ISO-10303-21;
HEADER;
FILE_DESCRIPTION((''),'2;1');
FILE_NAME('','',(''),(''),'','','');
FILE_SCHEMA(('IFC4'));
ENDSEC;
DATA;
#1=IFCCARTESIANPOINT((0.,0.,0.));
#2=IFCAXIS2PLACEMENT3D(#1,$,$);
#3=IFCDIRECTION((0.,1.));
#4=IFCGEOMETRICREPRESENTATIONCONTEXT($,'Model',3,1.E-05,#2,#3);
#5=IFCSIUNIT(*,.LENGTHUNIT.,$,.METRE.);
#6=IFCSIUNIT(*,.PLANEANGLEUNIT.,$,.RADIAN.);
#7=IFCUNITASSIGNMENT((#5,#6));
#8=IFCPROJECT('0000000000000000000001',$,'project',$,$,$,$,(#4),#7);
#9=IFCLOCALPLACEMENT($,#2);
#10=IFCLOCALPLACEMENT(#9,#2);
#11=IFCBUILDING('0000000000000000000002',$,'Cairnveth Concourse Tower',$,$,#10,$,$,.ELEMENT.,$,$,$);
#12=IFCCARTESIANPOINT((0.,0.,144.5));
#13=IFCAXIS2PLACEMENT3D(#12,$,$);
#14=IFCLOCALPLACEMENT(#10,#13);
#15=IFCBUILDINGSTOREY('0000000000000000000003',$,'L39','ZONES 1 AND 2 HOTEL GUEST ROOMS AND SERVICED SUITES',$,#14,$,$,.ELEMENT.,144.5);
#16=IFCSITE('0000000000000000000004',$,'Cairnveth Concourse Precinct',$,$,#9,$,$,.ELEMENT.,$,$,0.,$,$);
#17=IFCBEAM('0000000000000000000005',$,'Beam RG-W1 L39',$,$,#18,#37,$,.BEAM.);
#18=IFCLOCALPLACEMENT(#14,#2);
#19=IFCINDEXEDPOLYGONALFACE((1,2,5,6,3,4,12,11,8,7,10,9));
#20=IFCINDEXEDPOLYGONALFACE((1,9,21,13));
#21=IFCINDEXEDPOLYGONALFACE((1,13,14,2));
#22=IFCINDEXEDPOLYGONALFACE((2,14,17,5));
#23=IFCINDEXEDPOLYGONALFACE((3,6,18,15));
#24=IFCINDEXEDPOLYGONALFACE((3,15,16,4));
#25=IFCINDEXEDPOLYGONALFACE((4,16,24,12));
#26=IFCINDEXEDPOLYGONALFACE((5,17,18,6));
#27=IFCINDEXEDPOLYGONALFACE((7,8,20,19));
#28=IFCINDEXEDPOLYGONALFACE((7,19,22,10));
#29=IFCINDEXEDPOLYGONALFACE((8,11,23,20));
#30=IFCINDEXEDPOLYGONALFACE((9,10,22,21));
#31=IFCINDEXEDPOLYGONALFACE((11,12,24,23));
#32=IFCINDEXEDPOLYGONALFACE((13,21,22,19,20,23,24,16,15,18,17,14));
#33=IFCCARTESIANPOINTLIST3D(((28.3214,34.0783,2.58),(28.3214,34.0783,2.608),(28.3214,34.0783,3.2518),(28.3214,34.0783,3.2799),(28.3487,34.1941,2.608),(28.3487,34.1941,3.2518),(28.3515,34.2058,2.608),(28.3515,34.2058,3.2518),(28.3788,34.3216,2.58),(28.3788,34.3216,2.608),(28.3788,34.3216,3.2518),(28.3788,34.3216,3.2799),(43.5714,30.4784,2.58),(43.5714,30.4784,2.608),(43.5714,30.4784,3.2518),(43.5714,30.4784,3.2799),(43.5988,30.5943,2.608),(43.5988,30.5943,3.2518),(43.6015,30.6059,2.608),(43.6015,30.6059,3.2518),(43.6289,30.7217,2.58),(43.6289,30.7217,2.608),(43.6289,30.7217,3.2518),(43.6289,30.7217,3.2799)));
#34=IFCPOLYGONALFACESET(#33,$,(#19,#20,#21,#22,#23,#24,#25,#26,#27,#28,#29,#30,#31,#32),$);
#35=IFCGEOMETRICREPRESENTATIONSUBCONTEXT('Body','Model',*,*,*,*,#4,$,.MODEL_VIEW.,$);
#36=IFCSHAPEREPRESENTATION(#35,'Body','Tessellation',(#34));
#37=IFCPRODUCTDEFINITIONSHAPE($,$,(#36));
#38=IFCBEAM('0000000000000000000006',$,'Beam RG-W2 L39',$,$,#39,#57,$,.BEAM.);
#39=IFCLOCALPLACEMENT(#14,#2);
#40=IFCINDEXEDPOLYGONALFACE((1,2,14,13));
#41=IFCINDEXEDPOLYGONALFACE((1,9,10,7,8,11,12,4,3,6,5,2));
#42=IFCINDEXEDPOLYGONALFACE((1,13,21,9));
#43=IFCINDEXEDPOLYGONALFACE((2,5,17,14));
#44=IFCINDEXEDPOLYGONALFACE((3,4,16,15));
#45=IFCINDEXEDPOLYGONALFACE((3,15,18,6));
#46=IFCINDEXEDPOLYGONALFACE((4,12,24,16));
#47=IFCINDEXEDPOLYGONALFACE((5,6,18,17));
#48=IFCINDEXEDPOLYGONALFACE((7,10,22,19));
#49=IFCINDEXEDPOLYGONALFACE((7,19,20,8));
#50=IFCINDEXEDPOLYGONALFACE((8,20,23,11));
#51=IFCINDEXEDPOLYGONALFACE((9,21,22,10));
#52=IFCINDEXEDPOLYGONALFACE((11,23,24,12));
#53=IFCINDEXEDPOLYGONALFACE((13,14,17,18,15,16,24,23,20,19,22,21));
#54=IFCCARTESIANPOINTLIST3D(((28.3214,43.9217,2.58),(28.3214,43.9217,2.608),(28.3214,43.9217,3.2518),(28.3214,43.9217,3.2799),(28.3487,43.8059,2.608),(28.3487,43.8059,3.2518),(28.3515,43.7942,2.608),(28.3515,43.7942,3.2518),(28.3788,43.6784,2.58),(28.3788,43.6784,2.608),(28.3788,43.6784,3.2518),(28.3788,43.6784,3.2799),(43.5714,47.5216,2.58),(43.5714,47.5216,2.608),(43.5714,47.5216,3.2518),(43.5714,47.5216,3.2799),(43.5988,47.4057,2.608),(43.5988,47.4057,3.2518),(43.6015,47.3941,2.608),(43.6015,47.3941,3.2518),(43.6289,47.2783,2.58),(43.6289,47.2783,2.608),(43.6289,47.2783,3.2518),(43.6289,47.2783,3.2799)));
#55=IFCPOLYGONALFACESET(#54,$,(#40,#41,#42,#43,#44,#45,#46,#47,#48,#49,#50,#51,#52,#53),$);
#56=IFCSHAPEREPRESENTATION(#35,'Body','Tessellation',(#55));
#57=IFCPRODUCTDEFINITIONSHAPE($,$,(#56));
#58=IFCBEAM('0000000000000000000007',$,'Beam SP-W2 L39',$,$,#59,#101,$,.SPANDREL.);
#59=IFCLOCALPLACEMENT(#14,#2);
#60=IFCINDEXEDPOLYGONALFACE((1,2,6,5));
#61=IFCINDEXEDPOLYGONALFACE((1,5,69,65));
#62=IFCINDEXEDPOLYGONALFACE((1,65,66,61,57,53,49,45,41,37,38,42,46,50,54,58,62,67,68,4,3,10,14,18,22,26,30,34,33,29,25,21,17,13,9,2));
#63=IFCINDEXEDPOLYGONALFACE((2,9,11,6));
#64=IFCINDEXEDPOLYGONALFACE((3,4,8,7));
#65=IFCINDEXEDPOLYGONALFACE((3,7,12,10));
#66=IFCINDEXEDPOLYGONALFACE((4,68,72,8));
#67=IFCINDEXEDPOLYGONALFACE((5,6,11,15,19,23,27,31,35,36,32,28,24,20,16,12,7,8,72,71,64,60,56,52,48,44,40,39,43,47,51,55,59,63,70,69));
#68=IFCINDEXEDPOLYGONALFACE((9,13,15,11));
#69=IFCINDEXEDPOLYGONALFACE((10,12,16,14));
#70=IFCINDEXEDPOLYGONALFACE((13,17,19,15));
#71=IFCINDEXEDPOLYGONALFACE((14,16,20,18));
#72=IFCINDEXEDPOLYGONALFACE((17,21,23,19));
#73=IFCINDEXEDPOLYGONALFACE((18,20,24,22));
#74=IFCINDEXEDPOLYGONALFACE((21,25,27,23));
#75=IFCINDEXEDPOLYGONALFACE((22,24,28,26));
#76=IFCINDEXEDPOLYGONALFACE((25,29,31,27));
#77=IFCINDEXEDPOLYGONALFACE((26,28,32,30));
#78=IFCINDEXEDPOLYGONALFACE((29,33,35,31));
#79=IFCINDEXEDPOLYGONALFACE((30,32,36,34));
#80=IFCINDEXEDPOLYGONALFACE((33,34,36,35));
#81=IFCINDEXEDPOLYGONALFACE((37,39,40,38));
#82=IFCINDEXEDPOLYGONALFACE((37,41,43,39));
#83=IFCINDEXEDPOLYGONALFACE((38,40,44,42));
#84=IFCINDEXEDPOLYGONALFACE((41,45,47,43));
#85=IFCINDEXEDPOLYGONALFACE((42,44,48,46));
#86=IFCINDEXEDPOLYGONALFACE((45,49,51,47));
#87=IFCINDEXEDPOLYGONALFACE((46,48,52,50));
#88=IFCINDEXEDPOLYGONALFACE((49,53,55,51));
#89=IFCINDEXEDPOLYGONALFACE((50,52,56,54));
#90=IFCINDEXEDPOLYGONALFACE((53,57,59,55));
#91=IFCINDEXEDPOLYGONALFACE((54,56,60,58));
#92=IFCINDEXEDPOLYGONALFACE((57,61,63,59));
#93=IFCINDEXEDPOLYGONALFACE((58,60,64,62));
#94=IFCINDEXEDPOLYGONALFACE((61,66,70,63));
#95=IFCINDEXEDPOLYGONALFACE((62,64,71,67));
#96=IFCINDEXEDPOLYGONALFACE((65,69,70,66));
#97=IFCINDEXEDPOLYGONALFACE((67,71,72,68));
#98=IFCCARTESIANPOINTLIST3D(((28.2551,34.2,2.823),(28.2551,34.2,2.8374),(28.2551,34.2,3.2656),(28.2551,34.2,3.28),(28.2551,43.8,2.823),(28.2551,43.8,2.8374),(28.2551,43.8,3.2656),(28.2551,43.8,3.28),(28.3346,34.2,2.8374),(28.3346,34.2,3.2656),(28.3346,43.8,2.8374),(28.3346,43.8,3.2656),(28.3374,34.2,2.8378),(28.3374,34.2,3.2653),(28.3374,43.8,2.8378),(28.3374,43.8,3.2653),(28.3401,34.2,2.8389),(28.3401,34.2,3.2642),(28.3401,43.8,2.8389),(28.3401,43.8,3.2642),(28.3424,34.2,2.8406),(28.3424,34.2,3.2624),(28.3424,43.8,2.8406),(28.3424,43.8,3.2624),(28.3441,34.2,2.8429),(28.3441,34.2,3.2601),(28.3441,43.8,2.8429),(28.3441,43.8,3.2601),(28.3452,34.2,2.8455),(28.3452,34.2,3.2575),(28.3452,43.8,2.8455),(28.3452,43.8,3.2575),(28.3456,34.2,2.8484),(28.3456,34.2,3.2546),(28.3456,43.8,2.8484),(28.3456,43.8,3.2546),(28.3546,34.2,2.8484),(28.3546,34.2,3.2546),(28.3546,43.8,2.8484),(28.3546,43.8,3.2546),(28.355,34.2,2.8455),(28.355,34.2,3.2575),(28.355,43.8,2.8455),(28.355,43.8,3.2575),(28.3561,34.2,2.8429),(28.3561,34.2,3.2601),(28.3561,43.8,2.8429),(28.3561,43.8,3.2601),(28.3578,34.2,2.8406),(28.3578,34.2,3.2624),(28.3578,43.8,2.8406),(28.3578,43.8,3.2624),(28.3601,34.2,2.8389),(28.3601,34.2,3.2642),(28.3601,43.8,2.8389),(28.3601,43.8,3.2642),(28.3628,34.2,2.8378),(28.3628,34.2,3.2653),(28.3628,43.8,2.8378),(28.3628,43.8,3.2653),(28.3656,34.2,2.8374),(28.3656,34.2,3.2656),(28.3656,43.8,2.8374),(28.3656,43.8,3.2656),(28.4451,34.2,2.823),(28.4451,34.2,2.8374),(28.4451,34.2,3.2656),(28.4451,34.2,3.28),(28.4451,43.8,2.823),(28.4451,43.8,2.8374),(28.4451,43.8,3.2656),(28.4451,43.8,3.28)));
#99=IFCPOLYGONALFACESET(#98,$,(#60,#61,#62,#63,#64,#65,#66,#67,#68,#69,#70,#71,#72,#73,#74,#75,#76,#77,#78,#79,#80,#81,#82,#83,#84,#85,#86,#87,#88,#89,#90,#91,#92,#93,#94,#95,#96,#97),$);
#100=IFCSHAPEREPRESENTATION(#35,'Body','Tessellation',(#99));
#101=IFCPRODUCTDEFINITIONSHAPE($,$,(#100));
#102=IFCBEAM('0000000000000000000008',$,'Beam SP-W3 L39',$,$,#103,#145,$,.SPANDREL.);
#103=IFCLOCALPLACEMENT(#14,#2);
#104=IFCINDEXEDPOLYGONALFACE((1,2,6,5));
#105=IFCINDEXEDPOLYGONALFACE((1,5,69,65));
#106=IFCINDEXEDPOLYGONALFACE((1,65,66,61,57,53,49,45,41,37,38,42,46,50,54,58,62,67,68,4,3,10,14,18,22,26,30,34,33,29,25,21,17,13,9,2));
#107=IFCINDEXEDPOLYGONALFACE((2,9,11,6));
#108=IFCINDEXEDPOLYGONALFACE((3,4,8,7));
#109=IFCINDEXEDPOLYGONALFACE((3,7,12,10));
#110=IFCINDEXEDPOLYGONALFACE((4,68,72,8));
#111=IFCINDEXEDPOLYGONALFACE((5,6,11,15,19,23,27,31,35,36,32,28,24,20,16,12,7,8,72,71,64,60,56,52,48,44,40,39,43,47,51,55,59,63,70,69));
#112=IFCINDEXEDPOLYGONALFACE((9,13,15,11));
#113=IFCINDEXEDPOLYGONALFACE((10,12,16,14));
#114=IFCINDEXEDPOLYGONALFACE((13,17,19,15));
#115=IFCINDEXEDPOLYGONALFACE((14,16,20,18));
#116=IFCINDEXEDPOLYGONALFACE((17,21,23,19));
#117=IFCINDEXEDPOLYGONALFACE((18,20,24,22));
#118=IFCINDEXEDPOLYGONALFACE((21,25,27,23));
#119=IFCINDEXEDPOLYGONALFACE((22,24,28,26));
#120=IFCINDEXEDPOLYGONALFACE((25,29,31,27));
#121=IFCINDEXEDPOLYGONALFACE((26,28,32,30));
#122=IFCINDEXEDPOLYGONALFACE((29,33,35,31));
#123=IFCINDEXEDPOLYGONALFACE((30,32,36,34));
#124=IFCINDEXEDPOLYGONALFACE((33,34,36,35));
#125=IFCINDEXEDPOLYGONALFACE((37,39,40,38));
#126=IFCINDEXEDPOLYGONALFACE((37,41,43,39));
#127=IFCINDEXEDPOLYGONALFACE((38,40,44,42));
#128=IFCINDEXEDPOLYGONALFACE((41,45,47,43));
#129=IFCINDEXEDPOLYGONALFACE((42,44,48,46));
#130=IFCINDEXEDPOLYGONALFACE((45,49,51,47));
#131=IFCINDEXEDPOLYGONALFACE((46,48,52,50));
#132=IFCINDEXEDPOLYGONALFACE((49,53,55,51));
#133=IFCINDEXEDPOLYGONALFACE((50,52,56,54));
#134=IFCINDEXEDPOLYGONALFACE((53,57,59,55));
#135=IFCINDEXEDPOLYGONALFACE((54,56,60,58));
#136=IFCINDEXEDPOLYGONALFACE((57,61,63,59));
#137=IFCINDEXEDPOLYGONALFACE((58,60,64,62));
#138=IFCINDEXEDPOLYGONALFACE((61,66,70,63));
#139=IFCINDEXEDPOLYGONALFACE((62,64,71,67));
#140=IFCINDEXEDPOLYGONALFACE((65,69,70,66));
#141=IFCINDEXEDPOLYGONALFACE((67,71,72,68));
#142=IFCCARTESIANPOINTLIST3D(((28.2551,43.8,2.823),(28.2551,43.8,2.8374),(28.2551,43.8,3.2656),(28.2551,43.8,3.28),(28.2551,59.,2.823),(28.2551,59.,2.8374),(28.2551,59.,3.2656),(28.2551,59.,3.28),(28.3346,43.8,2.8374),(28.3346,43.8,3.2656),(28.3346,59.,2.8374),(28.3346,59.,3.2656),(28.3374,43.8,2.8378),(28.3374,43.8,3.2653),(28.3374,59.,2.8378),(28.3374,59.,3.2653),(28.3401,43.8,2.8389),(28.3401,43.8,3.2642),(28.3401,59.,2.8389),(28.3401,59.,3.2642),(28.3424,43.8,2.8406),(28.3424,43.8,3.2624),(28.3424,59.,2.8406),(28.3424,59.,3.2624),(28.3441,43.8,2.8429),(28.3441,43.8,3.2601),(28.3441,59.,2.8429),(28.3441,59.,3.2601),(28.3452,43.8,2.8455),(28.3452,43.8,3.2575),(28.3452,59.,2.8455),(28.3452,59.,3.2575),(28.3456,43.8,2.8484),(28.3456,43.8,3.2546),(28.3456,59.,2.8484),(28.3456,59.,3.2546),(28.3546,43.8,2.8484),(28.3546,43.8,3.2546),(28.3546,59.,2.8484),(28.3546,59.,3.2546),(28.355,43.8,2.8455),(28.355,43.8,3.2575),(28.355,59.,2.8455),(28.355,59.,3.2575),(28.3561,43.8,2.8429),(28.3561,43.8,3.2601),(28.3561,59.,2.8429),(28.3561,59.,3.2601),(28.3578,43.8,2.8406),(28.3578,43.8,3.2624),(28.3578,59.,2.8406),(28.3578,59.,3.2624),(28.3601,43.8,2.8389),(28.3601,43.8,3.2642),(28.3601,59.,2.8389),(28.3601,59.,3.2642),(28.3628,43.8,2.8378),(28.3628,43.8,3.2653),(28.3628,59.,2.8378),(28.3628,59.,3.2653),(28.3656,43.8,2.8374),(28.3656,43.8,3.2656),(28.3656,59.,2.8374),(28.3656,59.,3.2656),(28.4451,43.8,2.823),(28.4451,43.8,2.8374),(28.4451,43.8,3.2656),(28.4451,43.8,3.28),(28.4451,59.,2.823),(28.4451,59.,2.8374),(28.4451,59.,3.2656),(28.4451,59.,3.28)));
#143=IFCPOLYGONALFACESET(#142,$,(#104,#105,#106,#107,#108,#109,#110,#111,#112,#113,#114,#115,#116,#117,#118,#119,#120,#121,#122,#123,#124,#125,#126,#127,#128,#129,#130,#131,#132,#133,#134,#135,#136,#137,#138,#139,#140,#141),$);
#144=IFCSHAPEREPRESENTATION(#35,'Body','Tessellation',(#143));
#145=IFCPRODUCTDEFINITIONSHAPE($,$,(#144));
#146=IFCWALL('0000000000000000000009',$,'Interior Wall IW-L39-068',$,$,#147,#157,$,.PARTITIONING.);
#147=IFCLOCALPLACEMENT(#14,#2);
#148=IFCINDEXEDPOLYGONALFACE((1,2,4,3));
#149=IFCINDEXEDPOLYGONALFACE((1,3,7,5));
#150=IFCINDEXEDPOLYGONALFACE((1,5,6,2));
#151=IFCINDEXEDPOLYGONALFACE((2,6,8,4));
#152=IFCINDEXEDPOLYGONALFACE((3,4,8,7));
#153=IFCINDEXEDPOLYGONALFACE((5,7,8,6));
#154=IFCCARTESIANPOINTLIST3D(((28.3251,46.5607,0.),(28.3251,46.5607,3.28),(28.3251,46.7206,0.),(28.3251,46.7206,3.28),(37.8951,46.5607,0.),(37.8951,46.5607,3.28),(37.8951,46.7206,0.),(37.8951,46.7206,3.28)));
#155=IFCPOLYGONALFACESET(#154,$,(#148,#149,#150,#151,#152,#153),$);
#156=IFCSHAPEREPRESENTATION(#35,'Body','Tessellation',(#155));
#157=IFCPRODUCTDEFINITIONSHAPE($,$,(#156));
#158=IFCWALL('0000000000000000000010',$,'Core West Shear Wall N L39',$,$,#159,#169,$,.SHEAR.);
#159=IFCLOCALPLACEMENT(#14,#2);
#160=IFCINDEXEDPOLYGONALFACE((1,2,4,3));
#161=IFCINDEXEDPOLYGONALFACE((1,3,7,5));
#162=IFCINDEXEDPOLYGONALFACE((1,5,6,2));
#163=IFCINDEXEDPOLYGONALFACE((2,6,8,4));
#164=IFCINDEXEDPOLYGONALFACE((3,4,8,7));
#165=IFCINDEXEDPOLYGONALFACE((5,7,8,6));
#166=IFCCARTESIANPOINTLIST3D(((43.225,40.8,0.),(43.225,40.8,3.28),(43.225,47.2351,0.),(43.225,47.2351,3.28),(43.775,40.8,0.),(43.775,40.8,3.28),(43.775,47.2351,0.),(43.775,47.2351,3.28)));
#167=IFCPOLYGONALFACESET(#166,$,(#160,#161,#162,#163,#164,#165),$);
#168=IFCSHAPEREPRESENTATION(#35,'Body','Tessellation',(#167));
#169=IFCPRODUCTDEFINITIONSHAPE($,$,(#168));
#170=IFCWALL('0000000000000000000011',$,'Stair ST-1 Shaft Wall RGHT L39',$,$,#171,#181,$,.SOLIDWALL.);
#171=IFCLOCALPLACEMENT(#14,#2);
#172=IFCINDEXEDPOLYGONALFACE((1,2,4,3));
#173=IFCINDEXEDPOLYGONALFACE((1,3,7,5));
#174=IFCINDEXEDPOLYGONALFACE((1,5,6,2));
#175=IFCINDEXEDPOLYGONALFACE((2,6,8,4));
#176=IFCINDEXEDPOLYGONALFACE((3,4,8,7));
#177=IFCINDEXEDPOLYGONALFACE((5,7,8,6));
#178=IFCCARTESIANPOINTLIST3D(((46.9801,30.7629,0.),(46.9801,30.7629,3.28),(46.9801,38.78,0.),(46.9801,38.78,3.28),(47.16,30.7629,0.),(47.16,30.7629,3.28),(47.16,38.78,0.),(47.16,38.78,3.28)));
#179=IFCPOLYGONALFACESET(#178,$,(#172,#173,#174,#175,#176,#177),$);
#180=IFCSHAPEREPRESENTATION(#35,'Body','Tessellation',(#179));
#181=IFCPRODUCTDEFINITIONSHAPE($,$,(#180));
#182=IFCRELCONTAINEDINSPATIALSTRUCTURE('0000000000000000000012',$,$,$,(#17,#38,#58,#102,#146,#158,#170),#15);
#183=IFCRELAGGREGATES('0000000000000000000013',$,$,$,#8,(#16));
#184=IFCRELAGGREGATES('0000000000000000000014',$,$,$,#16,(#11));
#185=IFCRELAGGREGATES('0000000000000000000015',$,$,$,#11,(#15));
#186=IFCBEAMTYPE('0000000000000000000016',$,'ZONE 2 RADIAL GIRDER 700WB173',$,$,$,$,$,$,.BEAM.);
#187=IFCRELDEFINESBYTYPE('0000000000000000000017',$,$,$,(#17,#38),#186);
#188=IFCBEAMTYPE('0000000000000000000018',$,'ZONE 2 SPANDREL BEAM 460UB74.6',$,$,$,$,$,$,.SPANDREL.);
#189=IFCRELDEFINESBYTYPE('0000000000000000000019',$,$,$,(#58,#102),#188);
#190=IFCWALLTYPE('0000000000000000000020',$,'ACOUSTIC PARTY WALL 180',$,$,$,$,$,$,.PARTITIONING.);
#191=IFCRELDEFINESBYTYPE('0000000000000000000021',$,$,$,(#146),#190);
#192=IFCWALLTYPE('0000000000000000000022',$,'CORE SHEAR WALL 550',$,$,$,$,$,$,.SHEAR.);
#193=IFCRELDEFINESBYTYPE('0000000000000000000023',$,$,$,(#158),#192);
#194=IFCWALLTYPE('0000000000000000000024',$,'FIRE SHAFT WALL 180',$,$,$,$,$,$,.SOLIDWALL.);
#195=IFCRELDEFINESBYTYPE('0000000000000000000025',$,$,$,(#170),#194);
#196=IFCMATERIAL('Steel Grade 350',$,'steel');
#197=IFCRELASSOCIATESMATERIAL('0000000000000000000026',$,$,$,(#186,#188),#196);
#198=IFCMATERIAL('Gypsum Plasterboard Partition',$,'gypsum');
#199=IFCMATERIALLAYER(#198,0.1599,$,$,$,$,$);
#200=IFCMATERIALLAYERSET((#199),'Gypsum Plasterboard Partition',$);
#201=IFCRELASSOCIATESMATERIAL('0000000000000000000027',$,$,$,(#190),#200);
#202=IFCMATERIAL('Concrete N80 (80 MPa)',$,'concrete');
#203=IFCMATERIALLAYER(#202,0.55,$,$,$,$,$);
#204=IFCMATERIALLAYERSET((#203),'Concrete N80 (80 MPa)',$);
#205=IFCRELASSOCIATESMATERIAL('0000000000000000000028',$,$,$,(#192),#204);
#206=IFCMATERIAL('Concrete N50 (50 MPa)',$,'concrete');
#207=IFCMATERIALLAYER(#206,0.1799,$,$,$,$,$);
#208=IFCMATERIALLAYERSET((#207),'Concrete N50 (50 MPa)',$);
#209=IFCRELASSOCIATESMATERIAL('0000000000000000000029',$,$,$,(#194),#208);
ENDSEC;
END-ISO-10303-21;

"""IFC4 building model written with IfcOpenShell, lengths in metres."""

from ifc_helpers import new_model, si_unit, direction, frame, frame_2d, origin, origin_2d, place, context, subcontext, project, spatial, rectangle, i_section, extrude, material, layer, layer_set, material_profile, profile_set, type_object, element, save


model = new_model("IFC4")

# Units and contexts
model_context = context("Model", 3, precision=1e-05, world=origin(), true_north=direction((0.0, 1.0)))
body_context = subcontext(model_context, "Body", "Model", "MODEL_VIEW")
ifc_project = project(units=[si_unit("LENGTHUNIT", "METRE"), si_unit("PLANEANGLEUNIT", "RADIAN")], contexts=[model_context])

# Site, building, storey
site_placement = place(None, origin())
site = spatial("IfcSite", under=ifc_project, at=site_placement, Name="Cairnveth Concourse Precinct", CompositionType="ELEMENT", RefElevation=0.0)
building_placement = place(site_placement, origin())
building = spatial("IfcBuilding", under=site, at=building_placement, Name="Cairnveth Concourse Tower", CompositionType="ELEMENT")
storey_placement = place(building_placement, frame((0.0, 0.0, 144.5)))
storey = spatial("IfcBuildingStorey", under=building, at=storey_placement, Name="L39", Description="ZONES 1 AND 2 HOTEL GUEST ROOMS AND SERVICED SUITES", CompositionType="ELEMENT", Elevation=144.5)

# Beams
ifc_material_1 = material(Name="Steel Grade 350", Category="steel")
ifc_material_profile_1 = material_profile(ifc_material_1, i_section(OverallWidth=0.25, OverallDepth=0.7, WebThickness=0.012, FlangeThickness=0.0281, at=origin_2d()), Name="700WB173")
ifc_profile_set_1 = profile_set([ifc_material_profile_1], Name="Steel Grade 350")
beam_type_1 = type_object("IfcBeamType", Name="ZONE 2 RADIAL GIRDER 700WB173", PredefinedType="BEAM", material=ifc_profile_set_1)
for number, where, z_axis, x_axis, name in (
    (1, (28.3501, 34.2, 2.9299), (0.973252, -0.229742, 0.0), (0.229742, 0.973252, 0.0), "Beam RG-W1 L39"),
    (2, (28.3501, 43.8, 2.9299), (0.973252, 0.229742, 0.0), (-0.229742, 0.973252, 0.0), "Beam RG-W2 L39"),
):
    element("IfcBeam", number, at=place(storey_placement, frame(where, z_axis=z_axis, x_axis=x_axis)), inside=storey, type_object=beam_type_1, Name=name, PredefinedType="BEAM", context=body_context, shape_type="SweptSolid", body=[
        extrude(i_section(OverallWidth=0.25, OverallDepth=0.7, WebThickness=0.012, FlangeThickness=0.0281, at=origin_2d()), origin(), (0.0, 0.0, 1.0), 15.6692),
    ])
ifc_material_profile_2 = material_profile(ifc_material_1, i_section(OverallWidth=0.1899, OverallDepth=0.457, WebThickness=0.009, FlangeThickness=0.0144, FilletRadius=0.011, at=origin_2d()), Name="460UB74.6")
ifc_profile_set_2 = profile_set([ifc_material_profile_2], Name="Steel Grade 350")
beam_type_2 = type_object("IfcBeamType", Name="ZONE 2 SPANDREL BEAM 460UB74.6", PredefinedType="SPANDREL", material=ifc_profile_set_2)
beam_1_placement = place(storey_placement, frame((28.3501, 34.2, 3.0515), z_axis=(0.0, 1.0, 0.0), x_axis=(-1.0, 0.0, 0.0)))
element("IfcBeam", 3, at=beam_1_placement, inside=storey, type_object=beam_type_2, Name="Beam SP-W2 L39", PredefinedType="SPANDREL", context=body_context, shape_type="SweptSolid", body=[
    extrude(i_section(OverallWidth=0.1899, OverallDepth=0.457, WebThickness=0.009, FlangeThickness=0.0144, FilletRadius=0.011, at=origin_2d()), origin(), (0.0, 0.0, 1.0), 9.6001),
])
beam_2_placement = place(storey_placement, frame((28.3501, 43.8, 3.0515), z_axis=(0.0, 1.0, 0.0), x_axis=(-1.0, 0.0, 0.0)))
element("IfcBeam", 4, at=beam_2_placement, inside=storey, type_object=beam_type_2, Name="Beam SP-W3 L39", PredefinedType="SPANDREL", context=body_context, shape_type="SweptSolid", body=[
    extrude(i_section(OverallWidth=0.1899, OverallDepth=0.457, WebThickness=0.009, FlangeThickness=0.0144, FilletRadius=0.011, at=origin_2d()), origin(), (0.0, 0.0, 1.0), 15.2),
])

# Walls
ifc_material_2 = material(Name="Gypsum Plasterboard Partition", Category="gypsum")
ifc_layer_1 = layer(ifc_material_2, 0.1599)
ifc_layer_set_1 = layer_set([ifc_layer_1], Name="Gypsum Plasterboard Partition")
wall_type_1 = type_object("IfcWallType", Name="ACOUSTIC PARTY WALL 180", PredefinedType="PARTITIONING", material=ifc_layer_set_1)
wall_1_placement = place(storey_placement, frame((28.325, 46.6406, 0.0), z_axis=(0.0, 0.0, 1.0), x_axis=(1.0, 0.0, 0.0)))
element("IfcWall", 5, at=wall_1_placement, inside=storey, type_object=wall_type_1, Name="Interior Wall IW-L39-068", PredefinedType="PARTITIONING", context=body_context, shape_type="SweptSolid", body=[
    extrude(rectangle(XDim=9.5701, YDim=0.1599, at=frame_2d((4.7852, 0.0))), origin(), (0.0, 0.0, 1.0), 3.28),
])
ifc_material_3 = material(Name="Concrete N80 (80 MPa)", Category="concrete")
ifc_layer_2 = layer(ifc_material_3, 0.55)
ifc_layer_set_2 = layer_set([ifc_layer_2], Name="Concrete N80 (80 MPa)")
wall_type_2 = type_object("IfcWallType", Name="CORE SHEAR WALL 550", PredefinedType="SHEAR", material=ifc_layer_set_2)
wall_2_placement = place(storey_placement, frame((43.5, 40.8, 0.0), z_axis=(0.0, 0.0, 1.0), x_axis=(0.0, 1.0, 0.0)))
element("IfcWall", 6, at=wall_2_placement, inside=storey, type_object=wall_type_2, Name="Core West Shear Wall N L39", PredefinedType="SHEAR", context=body_context, shape_type="SweptSolid", body=[
    extrude(rectangle(XDim=6.4351, YDim=0.55, at=frame_2d((3.2175, 0.0))), origin(), (0.0, 0.0, 1.0), 3.28),
])

# Shared definitions
ifc_material_4 = material(Name="Concrete N50 (50 MPa)", Category="concrete")
ifc_layer_3 = layer(ifc_material_4, 0.1799)
ifc_layer_set_3 = layer_set([ifc_layer_3], Name="Concrete N50 (50 MPa)")
wall_type_3 = type_object("IfcWallType", Name="FIRE SHAFT WALL 180", PredefinedType="SOLIDWALL", material=ifc_layer_set_3)

# Wall
wall_3_placement = place(storey_placement, frame((47.0701, 38.78, 0.0), z_axis=(0.0, 0.0, 1.0), x_axis=(0.0, -1.0, 0.0)))
element("IfcWall", 7, at=wall_3_placement, inside=storey, type_object=wall_type_3, Name="Stair ST-1 Shaft Wall RGHT L39", PredefinedType="SOLIDWALL", context=body_context, shape_type="SweptSolid", body=[
    extrude(rectangle(XDim=8.0171, YDim=0.1799, at=frame_2d((4.0085, 0.0))), origin(), (0.0, 0.0, 1.0), 3.28),
])

save(model, "model.ifc")
